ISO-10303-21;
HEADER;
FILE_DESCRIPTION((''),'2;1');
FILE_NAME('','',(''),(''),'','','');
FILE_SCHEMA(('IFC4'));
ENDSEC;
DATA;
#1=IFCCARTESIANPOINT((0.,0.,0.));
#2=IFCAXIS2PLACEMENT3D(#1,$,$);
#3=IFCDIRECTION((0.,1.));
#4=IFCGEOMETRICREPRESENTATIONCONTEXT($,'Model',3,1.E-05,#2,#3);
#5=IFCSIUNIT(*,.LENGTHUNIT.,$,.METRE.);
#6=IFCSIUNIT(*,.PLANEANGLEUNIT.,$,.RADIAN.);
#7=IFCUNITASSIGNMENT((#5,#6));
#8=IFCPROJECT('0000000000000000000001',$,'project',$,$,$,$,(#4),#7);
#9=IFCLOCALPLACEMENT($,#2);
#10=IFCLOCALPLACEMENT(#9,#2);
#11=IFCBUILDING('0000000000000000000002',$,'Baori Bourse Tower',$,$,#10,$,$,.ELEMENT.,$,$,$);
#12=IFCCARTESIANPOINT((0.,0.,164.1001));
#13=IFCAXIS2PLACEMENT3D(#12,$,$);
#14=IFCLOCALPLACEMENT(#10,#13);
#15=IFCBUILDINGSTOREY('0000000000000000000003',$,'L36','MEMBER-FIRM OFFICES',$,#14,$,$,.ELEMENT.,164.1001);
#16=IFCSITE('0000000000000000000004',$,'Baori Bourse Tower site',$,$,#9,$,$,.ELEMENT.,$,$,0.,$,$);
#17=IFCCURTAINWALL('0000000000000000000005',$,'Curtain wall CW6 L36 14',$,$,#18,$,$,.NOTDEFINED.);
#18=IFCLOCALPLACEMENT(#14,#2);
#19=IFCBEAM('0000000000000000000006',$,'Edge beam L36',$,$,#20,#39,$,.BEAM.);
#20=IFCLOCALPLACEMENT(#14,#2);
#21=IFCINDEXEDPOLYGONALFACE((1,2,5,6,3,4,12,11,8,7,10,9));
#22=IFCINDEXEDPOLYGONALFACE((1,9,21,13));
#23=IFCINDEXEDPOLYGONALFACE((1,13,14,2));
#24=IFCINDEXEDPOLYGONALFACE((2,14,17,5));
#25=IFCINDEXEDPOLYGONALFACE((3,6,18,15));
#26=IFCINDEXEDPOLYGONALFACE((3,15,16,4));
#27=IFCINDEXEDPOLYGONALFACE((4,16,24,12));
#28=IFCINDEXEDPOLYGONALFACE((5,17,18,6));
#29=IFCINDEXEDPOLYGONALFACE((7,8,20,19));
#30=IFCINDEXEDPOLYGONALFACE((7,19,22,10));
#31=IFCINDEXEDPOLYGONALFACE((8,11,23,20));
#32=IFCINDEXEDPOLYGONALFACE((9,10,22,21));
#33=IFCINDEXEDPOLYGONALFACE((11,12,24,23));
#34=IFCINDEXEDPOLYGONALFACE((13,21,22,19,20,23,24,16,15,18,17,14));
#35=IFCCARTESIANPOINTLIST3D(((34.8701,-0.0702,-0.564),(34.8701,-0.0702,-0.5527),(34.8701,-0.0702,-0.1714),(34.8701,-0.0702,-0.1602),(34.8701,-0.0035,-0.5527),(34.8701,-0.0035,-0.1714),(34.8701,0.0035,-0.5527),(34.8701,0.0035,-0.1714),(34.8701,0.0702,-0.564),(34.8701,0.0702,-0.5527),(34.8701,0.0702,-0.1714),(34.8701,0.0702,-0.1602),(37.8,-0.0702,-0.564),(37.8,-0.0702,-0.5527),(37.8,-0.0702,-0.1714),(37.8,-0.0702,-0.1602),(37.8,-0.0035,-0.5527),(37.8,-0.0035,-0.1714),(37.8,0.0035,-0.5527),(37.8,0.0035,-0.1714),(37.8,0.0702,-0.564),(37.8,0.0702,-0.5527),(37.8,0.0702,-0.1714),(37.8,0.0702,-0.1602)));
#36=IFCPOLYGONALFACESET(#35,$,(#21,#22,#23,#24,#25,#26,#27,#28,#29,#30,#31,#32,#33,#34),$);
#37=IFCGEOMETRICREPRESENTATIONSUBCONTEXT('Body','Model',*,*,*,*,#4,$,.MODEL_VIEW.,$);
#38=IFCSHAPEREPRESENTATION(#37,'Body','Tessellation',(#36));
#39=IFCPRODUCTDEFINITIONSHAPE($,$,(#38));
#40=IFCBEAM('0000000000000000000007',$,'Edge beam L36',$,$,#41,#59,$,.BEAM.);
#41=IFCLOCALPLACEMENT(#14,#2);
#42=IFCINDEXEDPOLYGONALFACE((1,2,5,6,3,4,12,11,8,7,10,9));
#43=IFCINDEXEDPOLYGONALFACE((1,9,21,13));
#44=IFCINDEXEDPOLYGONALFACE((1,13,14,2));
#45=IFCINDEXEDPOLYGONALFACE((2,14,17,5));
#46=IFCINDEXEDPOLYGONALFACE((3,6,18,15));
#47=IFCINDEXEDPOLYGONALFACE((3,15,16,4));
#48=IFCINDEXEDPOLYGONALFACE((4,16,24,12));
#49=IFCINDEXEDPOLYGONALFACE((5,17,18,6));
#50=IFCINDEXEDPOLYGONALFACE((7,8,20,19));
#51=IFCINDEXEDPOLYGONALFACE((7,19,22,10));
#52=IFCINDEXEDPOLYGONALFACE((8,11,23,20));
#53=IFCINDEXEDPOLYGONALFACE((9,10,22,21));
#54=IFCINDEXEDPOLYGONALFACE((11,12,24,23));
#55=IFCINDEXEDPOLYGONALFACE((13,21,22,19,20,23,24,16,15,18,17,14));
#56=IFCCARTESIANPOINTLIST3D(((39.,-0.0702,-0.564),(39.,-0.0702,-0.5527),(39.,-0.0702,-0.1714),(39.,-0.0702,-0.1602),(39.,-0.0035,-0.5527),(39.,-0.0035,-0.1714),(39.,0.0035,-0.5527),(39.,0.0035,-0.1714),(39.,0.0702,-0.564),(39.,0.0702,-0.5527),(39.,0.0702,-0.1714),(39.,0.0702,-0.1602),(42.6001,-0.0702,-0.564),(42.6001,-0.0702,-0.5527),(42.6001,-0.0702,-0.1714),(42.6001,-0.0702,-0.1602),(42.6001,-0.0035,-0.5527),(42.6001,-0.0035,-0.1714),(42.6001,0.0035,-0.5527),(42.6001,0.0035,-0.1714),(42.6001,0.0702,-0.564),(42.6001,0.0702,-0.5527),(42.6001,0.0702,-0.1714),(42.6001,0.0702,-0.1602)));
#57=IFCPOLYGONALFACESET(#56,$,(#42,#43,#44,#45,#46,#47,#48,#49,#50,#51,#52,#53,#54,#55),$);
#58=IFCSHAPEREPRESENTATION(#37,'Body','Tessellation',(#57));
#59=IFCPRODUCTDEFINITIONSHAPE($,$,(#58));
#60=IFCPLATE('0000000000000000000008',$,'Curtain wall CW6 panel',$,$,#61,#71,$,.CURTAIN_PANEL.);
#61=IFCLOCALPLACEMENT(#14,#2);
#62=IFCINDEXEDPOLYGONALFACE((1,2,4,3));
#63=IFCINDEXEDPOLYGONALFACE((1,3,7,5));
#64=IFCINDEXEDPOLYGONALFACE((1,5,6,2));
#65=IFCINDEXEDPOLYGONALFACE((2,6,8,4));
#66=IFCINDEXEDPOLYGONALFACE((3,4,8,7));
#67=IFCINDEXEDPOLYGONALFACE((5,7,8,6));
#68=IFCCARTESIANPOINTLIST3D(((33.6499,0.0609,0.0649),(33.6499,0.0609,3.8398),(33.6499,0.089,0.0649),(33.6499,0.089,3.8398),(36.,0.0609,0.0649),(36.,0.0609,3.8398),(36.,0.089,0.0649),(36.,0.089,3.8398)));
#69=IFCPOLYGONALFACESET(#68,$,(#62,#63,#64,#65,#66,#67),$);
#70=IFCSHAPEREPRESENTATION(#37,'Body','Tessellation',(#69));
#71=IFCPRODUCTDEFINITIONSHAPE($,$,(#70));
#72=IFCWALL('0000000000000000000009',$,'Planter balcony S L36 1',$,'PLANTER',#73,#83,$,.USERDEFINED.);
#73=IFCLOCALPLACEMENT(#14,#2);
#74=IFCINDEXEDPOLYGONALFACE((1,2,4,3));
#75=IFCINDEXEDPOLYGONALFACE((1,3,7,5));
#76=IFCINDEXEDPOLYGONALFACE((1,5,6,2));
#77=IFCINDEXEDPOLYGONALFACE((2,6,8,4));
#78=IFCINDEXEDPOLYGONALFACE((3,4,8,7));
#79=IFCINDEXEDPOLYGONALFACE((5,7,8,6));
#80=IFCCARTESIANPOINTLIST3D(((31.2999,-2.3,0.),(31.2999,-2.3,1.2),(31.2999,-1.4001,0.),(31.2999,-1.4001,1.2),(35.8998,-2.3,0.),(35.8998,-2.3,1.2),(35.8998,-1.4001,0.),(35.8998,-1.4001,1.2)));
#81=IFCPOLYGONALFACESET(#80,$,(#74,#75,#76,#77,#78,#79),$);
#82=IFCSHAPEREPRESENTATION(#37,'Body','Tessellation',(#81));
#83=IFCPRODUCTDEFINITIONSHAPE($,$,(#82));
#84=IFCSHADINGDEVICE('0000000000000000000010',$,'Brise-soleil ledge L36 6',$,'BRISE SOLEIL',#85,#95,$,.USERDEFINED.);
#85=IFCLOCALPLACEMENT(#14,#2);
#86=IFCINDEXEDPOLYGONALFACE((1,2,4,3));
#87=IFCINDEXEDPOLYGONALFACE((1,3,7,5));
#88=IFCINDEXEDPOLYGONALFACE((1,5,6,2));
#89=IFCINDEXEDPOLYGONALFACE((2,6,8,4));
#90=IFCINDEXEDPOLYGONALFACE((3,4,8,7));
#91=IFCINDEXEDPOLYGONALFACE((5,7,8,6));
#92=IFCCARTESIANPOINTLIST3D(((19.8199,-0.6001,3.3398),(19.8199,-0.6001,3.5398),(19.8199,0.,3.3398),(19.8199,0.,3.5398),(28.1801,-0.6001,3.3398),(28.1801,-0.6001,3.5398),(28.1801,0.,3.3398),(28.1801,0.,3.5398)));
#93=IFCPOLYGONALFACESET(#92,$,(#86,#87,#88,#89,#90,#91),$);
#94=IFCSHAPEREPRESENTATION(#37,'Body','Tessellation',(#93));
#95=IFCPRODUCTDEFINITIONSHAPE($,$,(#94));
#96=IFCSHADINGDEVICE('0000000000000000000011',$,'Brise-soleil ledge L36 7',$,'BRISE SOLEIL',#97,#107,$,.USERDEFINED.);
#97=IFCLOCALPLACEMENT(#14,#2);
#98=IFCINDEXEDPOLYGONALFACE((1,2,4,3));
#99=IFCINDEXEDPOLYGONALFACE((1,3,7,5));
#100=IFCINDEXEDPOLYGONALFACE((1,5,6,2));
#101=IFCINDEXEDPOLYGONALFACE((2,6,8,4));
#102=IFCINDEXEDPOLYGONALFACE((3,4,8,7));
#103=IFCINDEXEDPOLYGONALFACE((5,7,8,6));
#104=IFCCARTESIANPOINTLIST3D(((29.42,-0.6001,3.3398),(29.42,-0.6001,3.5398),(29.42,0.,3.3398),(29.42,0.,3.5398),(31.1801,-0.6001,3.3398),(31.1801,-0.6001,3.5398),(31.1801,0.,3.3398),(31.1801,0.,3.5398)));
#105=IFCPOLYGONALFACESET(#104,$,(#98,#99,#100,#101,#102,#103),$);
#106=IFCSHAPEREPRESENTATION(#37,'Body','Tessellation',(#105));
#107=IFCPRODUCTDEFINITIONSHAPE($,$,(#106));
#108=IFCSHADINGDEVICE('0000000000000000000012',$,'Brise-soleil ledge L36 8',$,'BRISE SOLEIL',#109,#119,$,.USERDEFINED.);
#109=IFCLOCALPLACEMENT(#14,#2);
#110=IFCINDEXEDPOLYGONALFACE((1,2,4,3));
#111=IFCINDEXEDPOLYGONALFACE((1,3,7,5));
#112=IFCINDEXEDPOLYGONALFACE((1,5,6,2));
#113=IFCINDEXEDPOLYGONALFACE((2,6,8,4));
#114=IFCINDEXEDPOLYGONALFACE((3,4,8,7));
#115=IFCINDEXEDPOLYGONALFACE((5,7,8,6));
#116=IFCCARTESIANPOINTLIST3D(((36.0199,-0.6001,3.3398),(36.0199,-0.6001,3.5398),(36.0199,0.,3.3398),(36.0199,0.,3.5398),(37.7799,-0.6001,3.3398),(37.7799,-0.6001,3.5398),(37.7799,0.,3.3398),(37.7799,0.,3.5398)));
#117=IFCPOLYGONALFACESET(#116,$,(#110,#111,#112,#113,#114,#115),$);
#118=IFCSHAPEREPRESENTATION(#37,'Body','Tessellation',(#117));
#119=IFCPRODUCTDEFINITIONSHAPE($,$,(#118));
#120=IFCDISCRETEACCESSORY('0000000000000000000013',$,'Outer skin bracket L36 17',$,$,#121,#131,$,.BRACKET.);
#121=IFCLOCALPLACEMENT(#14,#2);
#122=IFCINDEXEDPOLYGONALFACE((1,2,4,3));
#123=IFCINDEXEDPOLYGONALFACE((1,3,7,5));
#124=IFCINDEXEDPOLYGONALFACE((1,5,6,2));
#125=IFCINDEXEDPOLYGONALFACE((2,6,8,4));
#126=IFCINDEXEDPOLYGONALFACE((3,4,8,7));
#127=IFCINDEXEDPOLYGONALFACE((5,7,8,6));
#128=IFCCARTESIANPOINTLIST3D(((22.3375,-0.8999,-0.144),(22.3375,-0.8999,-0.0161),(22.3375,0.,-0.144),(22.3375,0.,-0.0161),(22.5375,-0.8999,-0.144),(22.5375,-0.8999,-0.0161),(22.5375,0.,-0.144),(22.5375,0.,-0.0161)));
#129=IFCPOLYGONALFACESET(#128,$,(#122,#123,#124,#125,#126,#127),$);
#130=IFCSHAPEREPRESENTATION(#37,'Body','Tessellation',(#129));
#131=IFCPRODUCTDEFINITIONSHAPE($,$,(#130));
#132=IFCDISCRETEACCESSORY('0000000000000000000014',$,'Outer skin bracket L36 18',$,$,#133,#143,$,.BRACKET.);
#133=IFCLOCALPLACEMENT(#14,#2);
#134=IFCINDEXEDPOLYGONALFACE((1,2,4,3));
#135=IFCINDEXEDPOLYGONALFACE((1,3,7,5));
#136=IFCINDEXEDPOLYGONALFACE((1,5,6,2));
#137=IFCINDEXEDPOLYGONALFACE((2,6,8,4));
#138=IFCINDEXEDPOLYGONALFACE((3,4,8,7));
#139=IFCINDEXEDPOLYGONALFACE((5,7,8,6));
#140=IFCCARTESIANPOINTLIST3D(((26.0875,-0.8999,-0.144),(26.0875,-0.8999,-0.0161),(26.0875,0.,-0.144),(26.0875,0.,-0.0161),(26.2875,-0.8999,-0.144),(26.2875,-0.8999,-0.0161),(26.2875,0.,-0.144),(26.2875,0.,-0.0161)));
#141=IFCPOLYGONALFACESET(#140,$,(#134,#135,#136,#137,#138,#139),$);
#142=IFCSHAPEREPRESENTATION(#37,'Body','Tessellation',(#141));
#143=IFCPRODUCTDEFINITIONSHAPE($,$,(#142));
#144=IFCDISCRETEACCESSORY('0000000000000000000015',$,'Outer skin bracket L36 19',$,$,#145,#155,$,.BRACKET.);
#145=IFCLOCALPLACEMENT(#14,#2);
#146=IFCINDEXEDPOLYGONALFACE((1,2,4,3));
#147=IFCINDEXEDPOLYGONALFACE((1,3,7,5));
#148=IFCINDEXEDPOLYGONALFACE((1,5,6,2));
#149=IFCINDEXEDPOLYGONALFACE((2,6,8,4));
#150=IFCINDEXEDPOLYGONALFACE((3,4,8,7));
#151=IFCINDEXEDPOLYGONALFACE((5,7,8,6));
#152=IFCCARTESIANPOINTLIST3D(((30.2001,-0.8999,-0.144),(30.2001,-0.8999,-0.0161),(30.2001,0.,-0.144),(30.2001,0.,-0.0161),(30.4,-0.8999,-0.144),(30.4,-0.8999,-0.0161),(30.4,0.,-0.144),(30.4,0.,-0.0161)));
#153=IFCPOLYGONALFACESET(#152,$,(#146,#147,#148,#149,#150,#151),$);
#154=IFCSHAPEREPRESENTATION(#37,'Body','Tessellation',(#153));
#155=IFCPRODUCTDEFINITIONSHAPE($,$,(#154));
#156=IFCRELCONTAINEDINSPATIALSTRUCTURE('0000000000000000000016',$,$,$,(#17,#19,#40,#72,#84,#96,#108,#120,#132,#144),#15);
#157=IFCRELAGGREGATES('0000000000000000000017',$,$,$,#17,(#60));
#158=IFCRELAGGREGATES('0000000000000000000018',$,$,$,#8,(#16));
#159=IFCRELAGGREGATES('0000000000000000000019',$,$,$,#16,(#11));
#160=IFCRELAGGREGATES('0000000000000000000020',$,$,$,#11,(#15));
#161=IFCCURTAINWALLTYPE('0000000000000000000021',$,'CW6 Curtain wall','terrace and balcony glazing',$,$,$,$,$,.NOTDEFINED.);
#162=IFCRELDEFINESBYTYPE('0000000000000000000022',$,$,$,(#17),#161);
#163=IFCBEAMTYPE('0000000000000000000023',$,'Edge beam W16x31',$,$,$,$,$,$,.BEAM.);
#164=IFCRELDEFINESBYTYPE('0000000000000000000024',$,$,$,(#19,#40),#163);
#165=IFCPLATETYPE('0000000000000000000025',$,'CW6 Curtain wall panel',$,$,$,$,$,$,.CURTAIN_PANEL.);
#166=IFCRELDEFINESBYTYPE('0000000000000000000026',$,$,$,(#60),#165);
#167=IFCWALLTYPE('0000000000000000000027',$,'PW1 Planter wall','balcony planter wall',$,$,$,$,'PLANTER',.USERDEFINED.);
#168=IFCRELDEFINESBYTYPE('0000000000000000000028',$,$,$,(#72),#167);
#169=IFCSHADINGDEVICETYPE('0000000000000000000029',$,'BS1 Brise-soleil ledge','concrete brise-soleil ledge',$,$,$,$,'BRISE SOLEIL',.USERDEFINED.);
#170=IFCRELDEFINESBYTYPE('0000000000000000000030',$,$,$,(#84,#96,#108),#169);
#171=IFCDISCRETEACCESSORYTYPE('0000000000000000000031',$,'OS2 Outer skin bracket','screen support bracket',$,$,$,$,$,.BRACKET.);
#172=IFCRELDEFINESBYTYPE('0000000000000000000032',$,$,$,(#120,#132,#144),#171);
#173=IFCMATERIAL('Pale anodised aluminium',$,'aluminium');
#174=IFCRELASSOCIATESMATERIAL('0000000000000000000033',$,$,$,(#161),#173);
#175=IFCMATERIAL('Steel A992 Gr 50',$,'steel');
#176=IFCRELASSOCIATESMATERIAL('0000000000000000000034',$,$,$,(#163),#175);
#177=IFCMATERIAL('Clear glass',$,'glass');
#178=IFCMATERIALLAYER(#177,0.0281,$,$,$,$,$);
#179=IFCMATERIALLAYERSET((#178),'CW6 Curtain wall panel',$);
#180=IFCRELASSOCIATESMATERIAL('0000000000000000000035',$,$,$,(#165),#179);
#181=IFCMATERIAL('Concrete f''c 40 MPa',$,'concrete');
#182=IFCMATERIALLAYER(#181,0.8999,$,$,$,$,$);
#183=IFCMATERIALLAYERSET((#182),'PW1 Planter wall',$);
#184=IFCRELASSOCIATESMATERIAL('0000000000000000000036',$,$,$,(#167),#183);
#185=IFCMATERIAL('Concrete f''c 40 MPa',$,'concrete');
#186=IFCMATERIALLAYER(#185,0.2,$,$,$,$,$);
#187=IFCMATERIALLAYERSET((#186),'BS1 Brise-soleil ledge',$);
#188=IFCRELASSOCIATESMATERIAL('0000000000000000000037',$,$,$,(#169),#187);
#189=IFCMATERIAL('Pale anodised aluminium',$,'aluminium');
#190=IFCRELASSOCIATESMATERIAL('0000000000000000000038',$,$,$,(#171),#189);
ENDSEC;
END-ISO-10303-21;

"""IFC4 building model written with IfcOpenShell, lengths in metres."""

from ifc_helpers import new_model, si_unit, direction, frame, frame_2d, origin, origin_2d, place, context, subcontext, project, spatial, rectangle, i_section, extrude, material, layer, layer_set, material_profile, profile_set, type_object, element, aggregate, save


model = new_model("IFC4")

# Units and contexts
model_context = context("Model", 3, precision=1e-05, world=origin(), true_north=direction((0.0, 1.0)))
body_context = subcontext(model_context, "Body", "Model", "MODEL_VIEW")
ifc_project = project(units=[si_unit("LENGTHUNIT", "METRE"), si_unit("PLANEANGLEUNIT", "RADIAN")], contexts=[model_context])

# Site, building, storey
site_placement = place(None, origin())
site = spatial("IfcSite", under=ifc_project, at=site_placement, Name="Baori Bourse Tower site", CompositionType="ELEMENT", RefElevation=0.0)
building_placement = place(site_placement, origin())
building = spatial("IfcBuilding", under=site, at=building_placement, Name="Baori Bourse Tower", CompositionType="ELEMENT")
storey_placement = place(building_placement, frame((0.0, 0.0, 164.1001)))
storey = spatial("IfcBuildingStorey", under=building, at=storey_placement, Name="L36", Description="MEMBER-FIRM OFFICES", CompositionType="ELEMENT", Elevation=164.1001)

# Curtain wall
ifc_material_1 = material(Name="Pale anodised aluminium", Category="aluminium")
curtain_wall_type_1 = type_object("IfcCurtainWallType", Name="CW6 Curtain wall", Description="terrace and balcony glazing", PredefinedType="NOTDEFINED", material=ifc_material_1)
curtain_wall_1_placement = place(storey_placement, origin())
curtain_wall_1 = element("IfcCurtainWall", 1, at=curtain_wall_1_placement, inside=storey, type_object=curtain_wall_type_1, Name="Curtain wall CW6 L36 14", PredefinedType="NOTDEFINED")

# Beams
ifc_material_2 = material(Name="Steel A992 Gr 50", Category="steel")
ifc_material_profile_1 = material_profile(ifc_material_2, i_section(OverallWidth=0.1404, OverallDepth=0.4038, WebThickness=0.0071, FlangeThickness=0.0112, at=origin_2d()), Name="W16x31")
ifc_profile_set_1 = profile_set([ifc_material_profile_1], Name="Steel A992 Gr 50")
beam_type_1 = type_object("IfcBeamType", Name="Edge beam W16x31", PredefinedType="BEAM", material=ifc_profile_set_1)
beam_1_placement = place(storey_placement, frame((34.8701, 0.0, -0.3621), z_axis=(1.0, 0.0, 0.0), x_axis=(0.0, 1.0, 0.0)))
element("IfcBeam", 2, at=beam_1_placement, inside=storey, type_object=beam_type_1, Name="Edge beam L36", PredefinedType="BEAM", context=body_context, shape_type="SweptSolid", body=[
    extrude(i_section(OverallWidth=0.1404, OverallDepth=0.4038, WebThickness=0.0071, FlangeThickness=0.0112, at=origin_2d()), origin(), (0.0, 0.0, 1.0), 2.9299),
])
beam_2_placement = place(storey_placement, frame((39.0, 0.0, -0.3621), z_axis=(1.0, 0.0, 0.0), x_axis=(0.0, 1.0, 0.0)))
element("IfcBeam", 3, at=beam_2_placement, inside=storey, type_object=beam_type_1, Name="Edge beam L36", PredefinedType="BEAM", context=body_context, shape_type="SweptSolid", body=[
    extrude(i_section(OverallWidth=0.1404, OverallDepth=0.4038, WebThickness=0.0071, FlangeThickness=0.0112, at=origin_2d()), origin(), (0.0, 0.0, 1.0), 3.6001),
])

# Plate
ifc_material_3 = material(Name="Clear glass", Category="glass")
ifc_layer_1 = layer(ifc_material_3, 0.0281)
ifc_layer_set_1 = layer_set([ifc_layer_1], Name="CW6 Curtain wall panel")
plate_type = type_object("IfcPlateType", Name="CW6 Curtain wall panel", PredefinedType="CURTAIN_PANEL", material=ifc_layer_set_1)
plate_placement = place(storey_placement, frame((34.825, 0.075, 0.0649), z_axis=(0.0, 0.0, 1.0), x_axis=(1.0, 0.0, 0.0)))
plate = element("IfcPlate", 4, at=plate_placement, type_object=plate_type, Name="Curtain wall CW6 panel", PredefinedType="CURTAIN_PANEL", context=body_context, shape_type="SweptSolid", body=[
    extrude(rectangle(XDim=2.3501, YDim=0.0281, at=origin_2d()), origin(), (0.0, 0.0, 1.0), 3.7749),
])
aggregate(curtain_wall_1, [plate])

# Wall
ifc_material_4 = material(Name="Concrete f'c 40 MPa", Category="concrete")
ifc_layer_2 = layer(ifc_material_4, 0.8999)
ifc_layer_set_2 = layer_set([ifc_layer_2], Name="PW1 Planter wall")
wall_type = type_object("IfcWallType", Name="PW1 Planter wall", Description="balcony planter wall", ElementType="PLANTER", PredefinedType="USERDEFINED", material=ifc_layer_set_2)
wall_placement = place(storey_placement, frame((31.3, -1.8501, 0.0), z_axis=(0.0, 0.0, 1.0), x_axis=(1.0, 0.0, 0.0)))
element("IfcWall", 5, at=wall_placement, inside=storey, type_object=wall_type, Name="Planter balcony S L36 1", ObjectType="PLANTER", PredefinedType="USERDEFINED", context=body_context, shape_type="SweptSolid", body=[
    extrude(rectangle(XDim=4.5999, YDim=0.8999, at=frame_2d((2.2998, 0.0))), origin(), (0.0, 0.0, 1.0), 1.2),
])

# Shading devices
ifc_material_5 = material(Name="Concrete f'c 40 MPa", Category="concrete")
ifc_layer_3 = layer(ifc_material_5, 0.2)
ifc_layer_set_3 = layer_set([ifc_layer_3], Name="BS1 Brise-soleil ledge")
shading_device_type = type_object("IfcShadingDeviceType", Name="BS1 Brise-soleil ledge", Description="concrete brise-soleil ledge", ElementType="BRISE SOLEIL", PredefinedType="USERDEFINED", material=ifc_layer_set_3)
shading_device_placement = place(storey_placement, frame((24.0, -0.3, 3.3398), z_axis=(0.0, 0.0, 1.0), x_axis=(1.0, 0.0, 0.0)))
element("IfcShadingDevice", 6, at=shading_device_placement, inside=storey, type_object=shading_device_type, Name="Brise-soleil ledge L36 6", ObjectType="BRISE SOLEIL", PredefinedType="USERDEFINED", context=body_context, shape_type="SweptSolid", body=[
    extrude(rectangle(XDim=8.3601, YDim=0.6001, at=origin_2d()), origin(), (0.0, 0.0, 1.0), 0.2),
])
for number, where, z_axis, x_axis, name in (
    (7, (30.3, -0.3, 3.3398), (0.0, 0.0, 1.0), (1.0, 0.0, 0.0), "Brise-soleil ledge L36 7"),
    (8, (36.8999, -0.3, 3.3398), (0.0, 0.0, 1.0), (1.0, 0.0, 0.0), "Brise-soleil ledge L36 8"),
):
    element("IfcShadingDevice", number, at=place(storey_placement, frame(where, z_axis=z_axis, x_axis=x_axis)), inside=storey, type_object=shading_device_type, Name=name, ObjectType="BRISE SOLEIL", PredefinedType="USERDEFINED", context=body_context, shape_type="SweptSolid", body=[
        extrude(rectangle(XDim=1.76, YDim=0.6001, at=origin_2d()), origin(), (0.0, 0.0, 1.0), 0.2),
    ])

# Discrete accessories
ifc_material_6 = material(Name="Pale anodised aluminium", Category="aluminium")
discrete_accessory_type = type_object("IfcDiscreteAccessoryType", Name="OS2 Outer skin bracket", Description="screen support bracket", PredefinedType="BRACKET", material=ifc_material_6)
for number, where, z_axis, x_axis, name in (
    (9, (22.4375, -0.45, -0.144), (0.0, 0.0, 1.0), (1.0, 0.0, 0.0), "Outer skin bracket L36 17"),
    (10, (26.1875, -0.45, -0.144), (0.0, 0.0, 1.0), (1.0, 0.0, 0.0), "Outer skin bracket L36 18"),
    (11, (30.3, -0.45, -0.144), (0.0, 0.0, 1.0), (1.0, 0.0, 0.0), "Outer skin bracket L36 19"),
):
    element("IfcDiscreteAccessory", number, at=place(storey_placement, frame(where, z_axis=z_axis, x_axis=x_axis)), inside=storey, type_object=discrete_accessory_type, Name=name, PredefinedType="BRACKET", context=body_context, shape_type="SweptSolid", body=[
        extrude(rectangle(XDim=0.2, YDim=0.8999, at=origin_2d()), origin(), (0.0, 0.0, 1.0), 0.1279),
    ])

save(model, "model.ifc")
